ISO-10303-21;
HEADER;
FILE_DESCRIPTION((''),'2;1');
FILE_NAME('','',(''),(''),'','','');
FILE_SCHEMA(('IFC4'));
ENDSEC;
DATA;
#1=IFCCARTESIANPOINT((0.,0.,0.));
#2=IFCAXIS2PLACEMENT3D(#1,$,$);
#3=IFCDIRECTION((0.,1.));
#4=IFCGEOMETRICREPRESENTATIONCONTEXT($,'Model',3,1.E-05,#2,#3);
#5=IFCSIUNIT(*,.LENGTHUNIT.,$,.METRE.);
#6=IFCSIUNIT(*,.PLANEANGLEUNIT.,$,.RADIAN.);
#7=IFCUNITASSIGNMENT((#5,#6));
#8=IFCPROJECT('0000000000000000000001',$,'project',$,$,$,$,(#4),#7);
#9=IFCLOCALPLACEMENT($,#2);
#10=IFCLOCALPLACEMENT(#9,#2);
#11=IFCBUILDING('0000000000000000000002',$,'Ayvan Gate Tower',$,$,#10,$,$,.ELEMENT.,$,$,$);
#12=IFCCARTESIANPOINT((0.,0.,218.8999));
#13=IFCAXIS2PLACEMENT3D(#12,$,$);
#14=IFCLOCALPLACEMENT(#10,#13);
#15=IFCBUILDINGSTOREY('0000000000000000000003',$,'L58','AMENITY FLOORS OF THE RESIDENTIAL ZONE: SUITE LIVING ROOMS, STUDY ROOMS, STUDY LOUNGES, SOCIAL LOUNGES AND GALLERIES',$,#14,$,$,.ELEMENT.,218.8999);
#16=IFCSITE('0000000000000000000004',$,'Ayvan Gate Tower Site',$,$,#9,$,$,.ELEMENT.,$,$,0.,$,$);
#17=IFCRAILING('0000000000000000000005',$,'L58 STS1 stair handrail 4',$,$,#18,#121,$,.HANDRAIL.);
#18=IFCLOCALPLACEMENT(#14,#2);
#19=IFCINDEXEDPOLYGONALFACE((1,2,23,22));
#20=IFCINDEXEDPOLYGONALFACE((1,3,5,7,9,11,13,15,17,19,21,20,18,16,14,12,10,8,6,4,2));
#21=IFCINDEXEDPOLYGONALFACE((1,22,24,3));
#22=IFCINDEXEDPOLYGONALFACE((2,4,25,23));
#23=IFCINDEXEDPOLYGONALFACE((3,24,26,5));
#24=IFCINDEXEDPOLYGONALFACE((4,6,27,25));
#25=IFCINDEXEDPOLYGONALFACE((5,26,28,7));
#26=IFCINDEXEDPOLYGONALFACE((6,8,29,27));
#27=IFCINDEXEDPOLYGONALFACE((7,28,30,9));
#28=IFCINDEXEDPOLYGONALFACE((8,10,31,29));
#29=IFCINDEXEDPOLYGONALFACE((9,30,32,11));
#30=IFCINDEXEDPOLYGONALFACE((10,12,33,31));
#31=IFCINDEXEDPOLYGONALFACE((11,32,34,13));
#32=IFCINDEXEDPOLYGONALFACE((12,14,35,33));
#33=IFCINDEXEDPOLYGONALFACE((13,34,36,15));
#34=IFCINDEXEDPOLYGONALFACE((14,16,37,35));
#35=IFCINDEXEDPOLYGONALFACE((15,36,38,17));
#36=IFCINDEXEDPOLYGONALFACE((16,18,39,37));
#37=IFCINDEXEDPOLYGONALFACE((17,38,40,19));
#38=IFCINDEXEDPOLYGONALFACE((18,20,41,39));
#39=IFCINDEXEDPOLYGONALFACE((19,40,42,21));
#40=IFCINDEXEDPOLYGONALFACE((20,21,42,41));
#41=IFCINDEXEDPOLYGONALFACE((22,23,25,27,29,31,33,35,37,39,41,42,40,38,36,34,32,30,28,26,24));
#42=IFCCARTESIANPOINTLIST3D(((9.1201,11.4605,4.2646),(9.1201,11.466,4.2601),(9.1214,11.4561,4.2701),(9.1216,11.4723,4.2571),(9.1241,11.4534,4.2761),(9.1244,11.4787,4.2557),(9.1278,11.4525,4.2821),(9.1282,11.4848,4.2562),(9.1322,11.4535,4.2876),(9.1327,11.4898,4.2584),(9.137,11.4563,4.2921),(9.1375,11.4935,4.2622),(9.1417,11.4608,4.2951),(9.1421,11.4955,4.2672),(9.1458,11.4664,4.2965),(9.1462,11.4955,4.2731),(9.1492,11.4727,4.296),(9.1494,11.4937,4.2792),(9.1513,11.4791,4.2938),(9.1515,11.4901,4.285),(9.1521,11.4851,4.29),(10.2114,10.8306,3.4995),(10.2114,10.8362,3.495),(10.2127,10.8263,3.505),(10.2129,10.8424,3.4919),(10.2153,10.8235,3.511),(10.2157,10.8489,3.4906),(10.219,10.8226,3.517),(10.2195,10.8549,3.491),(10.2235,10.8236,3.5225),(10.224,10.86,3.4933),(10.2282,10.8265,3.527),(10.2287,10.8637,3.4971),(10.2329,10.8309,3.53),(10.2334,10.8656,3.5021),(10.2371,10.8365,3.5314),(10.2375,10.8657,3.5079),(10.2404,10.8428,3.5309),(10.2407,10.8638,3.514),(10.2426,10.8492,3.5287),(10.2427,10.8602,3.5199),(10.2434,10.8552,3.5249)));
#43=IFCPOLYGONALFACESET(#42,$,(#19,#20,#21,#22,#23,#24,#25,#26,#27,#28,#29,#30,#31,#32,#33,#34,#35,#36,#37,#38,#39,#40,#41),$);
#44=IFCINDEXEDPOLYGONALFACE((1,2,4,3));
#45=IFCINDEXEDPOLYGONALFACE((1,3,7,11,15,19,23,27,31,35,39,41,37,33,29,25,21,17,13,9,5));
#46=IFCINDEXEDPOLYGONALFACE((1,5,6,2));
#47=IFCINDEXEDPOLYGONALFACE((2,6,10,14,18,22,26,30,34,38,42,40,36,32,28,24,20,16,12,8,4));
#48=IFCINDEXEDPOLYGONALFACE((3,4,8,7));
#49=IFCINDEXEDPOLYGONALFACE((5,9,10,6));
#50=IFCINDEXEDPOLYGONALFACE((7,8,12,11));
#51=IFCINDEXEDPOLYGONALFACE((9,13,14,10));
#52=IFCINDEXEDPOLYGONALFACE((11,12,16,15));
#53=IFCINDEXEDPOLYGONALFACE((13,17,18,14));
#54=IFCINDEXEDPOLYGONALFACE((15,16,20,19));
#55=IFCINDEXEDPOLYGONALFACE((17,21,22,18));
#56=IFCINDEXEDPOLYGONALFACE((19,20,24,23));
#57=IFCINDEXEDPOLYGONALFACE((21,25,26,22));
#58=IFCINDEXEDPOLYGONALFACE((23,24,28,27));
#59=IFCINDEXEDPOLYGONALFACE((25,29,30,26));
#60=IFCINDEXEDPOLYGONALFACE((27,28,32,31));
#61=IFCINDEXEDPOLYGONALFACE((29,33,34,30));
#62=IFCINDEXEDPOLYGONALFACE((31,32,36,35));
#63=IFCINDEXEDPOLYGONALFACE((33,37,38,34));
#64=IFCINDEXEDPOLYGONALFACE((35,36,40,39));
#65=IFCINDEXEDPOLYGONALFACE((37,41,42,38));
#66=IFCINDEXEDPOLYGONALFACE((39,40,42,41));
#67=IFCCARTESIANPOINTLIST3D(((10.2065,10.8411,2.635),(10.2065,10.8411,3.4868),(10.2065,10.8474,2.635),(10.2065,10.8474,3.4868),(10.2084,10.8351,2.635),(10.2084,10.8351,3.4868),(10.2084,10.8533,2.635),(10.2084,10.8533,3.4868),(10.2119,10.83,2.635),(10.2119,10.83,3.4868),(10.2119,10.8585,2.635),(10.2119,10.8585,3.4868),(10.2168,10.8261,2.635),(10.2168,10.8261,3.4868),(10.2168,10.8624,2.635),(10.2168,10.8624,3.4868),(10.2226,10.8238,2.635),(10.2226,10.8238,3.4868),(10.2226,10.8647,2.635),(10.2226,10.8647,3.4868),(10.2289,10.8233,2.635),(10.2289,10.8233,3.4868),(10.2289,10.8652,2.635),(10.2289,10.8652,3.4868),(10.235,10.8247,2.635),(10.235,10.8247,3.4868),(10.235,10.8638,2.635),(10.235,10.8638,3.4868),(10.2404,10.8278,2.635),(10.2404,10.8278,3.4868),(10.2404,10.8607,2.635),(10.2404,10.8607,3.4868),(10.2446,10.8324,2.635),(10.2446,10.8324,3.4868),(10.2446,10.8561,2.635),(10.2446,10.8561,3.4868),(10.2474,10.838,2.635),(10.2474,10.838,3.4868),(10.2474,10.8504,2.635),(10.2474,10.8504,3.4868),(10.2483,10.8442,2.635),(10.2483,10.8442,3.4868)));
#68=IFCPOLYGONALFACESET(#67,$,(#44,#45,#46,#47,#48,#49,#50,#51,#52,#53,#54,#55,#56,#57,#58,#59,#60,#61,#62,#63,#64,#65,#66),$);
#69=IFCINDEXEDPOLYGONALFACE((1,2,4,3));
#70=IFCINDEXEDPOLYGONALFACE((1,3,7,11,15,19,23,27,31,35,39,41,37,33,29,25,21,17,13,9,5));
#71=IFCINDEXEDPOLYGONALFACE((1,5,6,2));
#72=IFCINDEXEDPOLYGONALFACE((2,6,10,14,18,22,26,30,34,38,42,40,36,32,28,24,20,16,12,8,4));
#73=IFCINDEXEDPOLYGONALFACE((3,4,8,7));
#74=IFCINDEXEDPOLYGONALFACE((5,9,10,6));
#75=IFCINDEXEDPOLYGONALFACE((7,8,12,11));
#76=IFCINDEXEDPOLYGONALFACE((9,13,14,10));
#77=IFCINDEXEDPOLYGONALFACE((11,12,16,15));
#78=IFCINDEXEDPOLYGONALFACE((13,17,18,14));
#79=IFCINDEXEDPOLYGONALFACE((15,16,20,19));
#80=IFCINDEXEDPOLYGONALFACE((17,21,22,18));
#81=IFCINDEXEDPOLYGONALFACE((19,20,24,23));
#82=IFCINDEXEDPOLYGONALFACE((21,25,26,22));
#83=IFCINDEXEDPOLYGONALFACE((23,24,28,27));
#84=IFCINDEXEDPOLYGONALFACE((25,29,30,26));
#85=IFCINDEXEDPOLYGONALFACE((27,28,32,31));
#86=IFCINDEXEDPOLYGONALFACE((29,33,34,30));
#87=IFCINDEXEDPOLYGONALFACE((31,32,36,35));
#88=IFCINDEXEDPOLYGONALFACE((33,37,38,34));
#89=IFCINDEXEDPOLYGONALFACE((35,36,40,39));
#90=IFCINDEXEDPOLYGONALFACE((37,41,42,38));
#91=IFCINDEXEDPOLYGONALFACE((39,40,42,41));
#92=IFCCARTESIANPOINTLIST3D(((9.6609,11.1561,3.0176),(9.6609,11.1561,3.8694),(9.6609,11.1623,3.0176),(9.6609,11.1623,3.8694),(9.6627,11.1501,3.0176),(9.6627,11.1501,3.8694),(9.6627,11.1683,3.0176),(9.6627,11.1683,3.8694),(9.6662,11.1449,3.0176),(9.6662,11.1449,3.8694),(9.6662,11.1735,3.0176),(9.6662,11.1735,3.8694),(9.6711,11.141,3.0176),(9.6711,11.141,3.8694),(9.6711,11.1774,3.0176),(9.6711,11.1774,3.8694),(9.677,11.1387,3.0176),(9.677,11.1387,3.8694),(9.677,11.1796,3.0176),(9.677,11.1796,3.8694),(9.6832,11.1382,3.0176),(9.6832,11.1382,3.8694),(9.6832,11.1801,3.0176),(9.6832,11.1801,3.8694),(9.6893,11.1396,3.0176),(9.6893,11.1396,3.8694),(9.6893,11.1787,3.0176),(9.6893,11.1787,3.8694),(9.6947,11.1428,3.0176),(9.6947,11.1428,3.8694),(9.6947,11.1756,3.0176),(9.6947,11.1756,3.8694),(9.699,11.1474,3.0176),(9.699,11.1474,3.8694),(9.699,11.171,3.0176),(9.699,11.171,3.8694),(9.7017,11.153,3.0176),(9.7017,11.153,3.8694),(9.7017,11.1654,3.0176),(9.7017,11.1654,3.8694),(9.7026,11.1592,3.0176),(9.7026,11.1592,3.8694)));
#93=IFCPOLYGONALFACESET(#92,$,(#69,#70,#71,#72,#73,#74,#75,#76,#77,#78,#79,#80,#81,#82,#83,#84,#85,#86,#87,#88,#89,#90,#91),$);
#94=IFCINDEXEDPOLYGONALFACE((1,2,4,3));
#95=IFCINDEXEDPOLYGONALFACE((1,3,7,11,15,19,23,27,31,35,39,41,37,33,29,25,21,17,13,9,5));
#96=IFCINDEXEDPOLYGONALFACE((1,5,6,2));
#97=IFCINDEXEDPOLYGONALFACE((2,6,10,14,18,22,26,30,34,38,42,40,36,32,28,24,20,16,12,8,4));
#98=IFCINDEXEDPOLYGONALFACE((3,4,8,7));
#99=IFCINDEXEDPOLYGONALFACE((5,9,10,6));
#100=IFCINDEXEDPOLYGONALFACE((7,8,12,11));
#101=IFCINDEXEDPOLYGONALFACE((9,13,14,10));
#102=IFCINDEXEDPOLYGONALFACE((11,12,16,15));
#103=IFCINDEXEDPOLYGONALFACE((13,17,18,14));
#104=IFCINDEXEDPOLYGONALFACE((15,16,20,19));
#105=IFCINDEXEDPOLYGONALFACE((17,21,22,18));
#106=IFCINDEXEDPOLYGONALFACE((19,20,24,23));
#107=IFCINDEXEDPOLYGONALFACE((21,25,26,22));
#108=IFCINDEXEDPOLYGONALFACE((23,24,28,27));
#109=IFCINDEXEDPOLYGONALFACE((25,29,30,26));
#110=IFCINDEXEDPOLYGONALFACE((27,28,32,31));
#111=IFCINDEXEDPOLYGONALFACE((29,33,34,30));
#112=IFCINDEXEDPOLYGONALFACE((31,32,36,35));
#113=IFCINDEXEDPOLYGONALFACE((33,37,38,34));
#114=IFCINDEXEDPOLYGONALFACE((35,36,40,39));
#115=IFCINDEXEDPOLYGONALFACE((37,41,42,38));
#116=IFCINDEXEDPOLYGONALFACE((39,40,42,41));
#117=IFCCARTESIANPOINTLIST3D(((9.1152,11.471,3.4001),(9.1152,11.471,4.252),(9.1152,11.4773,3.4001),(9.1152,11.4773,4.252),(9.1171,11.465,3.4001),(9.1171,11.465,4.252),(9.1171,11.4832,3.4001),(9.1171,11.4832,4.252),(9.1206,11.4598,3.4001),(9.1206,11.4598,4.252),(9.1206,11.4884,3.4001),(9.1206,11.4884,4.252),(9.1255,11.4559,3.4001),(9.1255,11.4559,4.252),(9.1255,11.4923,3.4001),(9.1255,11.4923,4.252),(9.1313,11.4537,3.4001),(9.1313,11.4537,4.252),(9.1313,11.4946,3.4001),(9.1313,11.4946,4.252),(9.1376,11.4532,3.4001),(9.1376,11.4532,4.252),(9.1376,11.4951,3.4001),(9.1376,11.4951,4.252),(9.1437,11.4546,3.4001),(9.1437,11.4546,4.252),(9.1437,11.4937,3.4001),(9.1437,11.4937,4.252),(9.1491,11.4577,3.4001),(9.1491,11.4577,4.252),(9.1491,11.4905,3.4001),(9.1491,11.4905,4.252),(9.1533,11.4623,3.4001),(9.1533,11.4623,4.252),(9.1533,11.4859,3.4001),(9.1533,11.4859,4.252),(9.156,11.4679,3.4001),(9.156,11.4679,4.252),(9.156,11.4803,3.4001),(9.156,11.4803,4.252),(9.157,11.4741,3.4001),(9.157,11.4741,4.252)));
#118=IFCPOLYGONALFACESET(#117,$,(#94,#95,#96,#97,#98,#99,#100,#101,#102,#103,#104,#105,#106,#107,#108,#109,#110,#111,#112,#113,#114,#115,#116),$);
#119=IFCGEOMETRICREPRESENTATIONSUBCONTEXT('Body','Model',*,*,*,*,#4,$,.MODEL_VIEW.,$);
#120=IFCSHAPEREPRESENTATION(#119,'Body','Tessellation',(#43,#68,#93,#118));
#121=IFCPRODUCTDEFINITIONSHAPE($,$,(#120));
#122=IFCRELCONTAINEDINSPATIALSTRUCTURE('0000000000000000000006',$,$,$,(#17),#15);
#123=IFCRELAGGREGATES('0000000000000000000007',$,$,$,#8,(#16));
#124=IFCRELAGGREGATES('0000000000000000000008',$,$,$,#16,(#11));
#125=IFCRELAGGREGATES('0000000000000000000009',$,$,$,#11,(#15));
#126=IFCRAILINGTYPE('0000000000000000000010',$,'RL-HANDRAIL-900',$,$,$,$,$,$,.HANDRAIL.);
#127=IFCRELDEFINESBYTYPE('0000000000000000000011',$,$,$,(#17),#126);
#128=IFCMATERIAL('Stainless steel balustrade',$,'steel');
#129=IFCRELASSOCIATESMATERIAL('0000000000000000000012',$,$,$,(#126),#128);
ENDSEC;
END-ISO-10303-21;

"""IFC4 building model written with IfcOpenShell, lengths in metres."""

from ifc_helpers import new_model, si_unit, direction, frame, origin, origin_2d, place, context, subcontext, project, spatial, circle, extrude, material, type_object, element, save


model = new_model("IFC4")

# Units and contexts
model_context = context("Model", 3, precision=1e-05, world=origin(), true_north=direction((0.0, 1.0)))
body_context = subcontext(model_context, "Body", "Model", "MODEL_VIEW")
ifc_project = project(units=[si_unit("LENGTHUNIT", "METRE"), si_unit("PLANEANGLEUNIT", "RADIAN")], contexts=[model_context])

# Site, building, storey
site_placement = place(None, origin())
site = spatial("IfcSite", under=ifc_project, at=site_placement, Name="Ayvan Gate Tower Site", CompositionType="ELEMENT", RefElevation=0.0)
building_placement = place(site_placement, origin())
building = spatial("IfcBuilding", under=site, at=building_placement, Name="Ayvan Gate Tower", CompositionType="ELEMENT")
storey_placement = place(building_placement, frame((0.0, 0.0, 218.8999)))
storey = spatial("IfcBuildingStorey", under=building, at=storey_placement, Name="L58", Description="AMENITY FLOORS OF THE RESIDENTIAL ZONE: SUITE LIVING ROOMS, STUDY ROOMS, STUDY LOUNGES, SOCIAL LOUNGES AND GALLERIES", CompositionType="ELEMENT", Elevation=218.8999)

# Railing
ifc_material_1 = material(Name="Stainless steel balustrade", Category="steel")
railing_type = type_object("IfcRailingType", Name="RL-HANDRAIL-900", PredefinedType="HANDRAIL", material=ifc_material_1)
railing_placement = place(storey_placement, frame((10.2273, 10.8442, 2.635)))
element("IfcRailing", 1, at=railing_placement, inside=storey, type_object=railing_type, Name="L58 STS1 stair handrail 4", PredefinedType="HANDRAIL", context=body_context, shape_type="SweptSolid", body=[
    extrude(circle(Radius=0.0239, at=origin_2d()), frame((0.0, 0.0, 0.876), z_axis=(-0.740293, 0.427283, 0.519033), x_axis=(-0.49989, -0.866089, 0.0)), (0.0, 0.0, 1.0), 1.4741),
    extrude(circle(Radius=0.021, at=origin_2d()), origin(), (0.0, 0.0, 1.0), 0.8518),
    extrude(circle(Radius=0.021, at=origin_2d()), frame((-0.5457, 0.3149, 0.3826)), (0.0, 0.0, 1.0), 0.8518),
    extrude(circle(Radius=0.021, at=origin_2d()), frame((-1.0913, 0.6299, 0.7651)), (0.0, 0.0, 1.0), 0.8518),
])

save(model, "model.ifc")
